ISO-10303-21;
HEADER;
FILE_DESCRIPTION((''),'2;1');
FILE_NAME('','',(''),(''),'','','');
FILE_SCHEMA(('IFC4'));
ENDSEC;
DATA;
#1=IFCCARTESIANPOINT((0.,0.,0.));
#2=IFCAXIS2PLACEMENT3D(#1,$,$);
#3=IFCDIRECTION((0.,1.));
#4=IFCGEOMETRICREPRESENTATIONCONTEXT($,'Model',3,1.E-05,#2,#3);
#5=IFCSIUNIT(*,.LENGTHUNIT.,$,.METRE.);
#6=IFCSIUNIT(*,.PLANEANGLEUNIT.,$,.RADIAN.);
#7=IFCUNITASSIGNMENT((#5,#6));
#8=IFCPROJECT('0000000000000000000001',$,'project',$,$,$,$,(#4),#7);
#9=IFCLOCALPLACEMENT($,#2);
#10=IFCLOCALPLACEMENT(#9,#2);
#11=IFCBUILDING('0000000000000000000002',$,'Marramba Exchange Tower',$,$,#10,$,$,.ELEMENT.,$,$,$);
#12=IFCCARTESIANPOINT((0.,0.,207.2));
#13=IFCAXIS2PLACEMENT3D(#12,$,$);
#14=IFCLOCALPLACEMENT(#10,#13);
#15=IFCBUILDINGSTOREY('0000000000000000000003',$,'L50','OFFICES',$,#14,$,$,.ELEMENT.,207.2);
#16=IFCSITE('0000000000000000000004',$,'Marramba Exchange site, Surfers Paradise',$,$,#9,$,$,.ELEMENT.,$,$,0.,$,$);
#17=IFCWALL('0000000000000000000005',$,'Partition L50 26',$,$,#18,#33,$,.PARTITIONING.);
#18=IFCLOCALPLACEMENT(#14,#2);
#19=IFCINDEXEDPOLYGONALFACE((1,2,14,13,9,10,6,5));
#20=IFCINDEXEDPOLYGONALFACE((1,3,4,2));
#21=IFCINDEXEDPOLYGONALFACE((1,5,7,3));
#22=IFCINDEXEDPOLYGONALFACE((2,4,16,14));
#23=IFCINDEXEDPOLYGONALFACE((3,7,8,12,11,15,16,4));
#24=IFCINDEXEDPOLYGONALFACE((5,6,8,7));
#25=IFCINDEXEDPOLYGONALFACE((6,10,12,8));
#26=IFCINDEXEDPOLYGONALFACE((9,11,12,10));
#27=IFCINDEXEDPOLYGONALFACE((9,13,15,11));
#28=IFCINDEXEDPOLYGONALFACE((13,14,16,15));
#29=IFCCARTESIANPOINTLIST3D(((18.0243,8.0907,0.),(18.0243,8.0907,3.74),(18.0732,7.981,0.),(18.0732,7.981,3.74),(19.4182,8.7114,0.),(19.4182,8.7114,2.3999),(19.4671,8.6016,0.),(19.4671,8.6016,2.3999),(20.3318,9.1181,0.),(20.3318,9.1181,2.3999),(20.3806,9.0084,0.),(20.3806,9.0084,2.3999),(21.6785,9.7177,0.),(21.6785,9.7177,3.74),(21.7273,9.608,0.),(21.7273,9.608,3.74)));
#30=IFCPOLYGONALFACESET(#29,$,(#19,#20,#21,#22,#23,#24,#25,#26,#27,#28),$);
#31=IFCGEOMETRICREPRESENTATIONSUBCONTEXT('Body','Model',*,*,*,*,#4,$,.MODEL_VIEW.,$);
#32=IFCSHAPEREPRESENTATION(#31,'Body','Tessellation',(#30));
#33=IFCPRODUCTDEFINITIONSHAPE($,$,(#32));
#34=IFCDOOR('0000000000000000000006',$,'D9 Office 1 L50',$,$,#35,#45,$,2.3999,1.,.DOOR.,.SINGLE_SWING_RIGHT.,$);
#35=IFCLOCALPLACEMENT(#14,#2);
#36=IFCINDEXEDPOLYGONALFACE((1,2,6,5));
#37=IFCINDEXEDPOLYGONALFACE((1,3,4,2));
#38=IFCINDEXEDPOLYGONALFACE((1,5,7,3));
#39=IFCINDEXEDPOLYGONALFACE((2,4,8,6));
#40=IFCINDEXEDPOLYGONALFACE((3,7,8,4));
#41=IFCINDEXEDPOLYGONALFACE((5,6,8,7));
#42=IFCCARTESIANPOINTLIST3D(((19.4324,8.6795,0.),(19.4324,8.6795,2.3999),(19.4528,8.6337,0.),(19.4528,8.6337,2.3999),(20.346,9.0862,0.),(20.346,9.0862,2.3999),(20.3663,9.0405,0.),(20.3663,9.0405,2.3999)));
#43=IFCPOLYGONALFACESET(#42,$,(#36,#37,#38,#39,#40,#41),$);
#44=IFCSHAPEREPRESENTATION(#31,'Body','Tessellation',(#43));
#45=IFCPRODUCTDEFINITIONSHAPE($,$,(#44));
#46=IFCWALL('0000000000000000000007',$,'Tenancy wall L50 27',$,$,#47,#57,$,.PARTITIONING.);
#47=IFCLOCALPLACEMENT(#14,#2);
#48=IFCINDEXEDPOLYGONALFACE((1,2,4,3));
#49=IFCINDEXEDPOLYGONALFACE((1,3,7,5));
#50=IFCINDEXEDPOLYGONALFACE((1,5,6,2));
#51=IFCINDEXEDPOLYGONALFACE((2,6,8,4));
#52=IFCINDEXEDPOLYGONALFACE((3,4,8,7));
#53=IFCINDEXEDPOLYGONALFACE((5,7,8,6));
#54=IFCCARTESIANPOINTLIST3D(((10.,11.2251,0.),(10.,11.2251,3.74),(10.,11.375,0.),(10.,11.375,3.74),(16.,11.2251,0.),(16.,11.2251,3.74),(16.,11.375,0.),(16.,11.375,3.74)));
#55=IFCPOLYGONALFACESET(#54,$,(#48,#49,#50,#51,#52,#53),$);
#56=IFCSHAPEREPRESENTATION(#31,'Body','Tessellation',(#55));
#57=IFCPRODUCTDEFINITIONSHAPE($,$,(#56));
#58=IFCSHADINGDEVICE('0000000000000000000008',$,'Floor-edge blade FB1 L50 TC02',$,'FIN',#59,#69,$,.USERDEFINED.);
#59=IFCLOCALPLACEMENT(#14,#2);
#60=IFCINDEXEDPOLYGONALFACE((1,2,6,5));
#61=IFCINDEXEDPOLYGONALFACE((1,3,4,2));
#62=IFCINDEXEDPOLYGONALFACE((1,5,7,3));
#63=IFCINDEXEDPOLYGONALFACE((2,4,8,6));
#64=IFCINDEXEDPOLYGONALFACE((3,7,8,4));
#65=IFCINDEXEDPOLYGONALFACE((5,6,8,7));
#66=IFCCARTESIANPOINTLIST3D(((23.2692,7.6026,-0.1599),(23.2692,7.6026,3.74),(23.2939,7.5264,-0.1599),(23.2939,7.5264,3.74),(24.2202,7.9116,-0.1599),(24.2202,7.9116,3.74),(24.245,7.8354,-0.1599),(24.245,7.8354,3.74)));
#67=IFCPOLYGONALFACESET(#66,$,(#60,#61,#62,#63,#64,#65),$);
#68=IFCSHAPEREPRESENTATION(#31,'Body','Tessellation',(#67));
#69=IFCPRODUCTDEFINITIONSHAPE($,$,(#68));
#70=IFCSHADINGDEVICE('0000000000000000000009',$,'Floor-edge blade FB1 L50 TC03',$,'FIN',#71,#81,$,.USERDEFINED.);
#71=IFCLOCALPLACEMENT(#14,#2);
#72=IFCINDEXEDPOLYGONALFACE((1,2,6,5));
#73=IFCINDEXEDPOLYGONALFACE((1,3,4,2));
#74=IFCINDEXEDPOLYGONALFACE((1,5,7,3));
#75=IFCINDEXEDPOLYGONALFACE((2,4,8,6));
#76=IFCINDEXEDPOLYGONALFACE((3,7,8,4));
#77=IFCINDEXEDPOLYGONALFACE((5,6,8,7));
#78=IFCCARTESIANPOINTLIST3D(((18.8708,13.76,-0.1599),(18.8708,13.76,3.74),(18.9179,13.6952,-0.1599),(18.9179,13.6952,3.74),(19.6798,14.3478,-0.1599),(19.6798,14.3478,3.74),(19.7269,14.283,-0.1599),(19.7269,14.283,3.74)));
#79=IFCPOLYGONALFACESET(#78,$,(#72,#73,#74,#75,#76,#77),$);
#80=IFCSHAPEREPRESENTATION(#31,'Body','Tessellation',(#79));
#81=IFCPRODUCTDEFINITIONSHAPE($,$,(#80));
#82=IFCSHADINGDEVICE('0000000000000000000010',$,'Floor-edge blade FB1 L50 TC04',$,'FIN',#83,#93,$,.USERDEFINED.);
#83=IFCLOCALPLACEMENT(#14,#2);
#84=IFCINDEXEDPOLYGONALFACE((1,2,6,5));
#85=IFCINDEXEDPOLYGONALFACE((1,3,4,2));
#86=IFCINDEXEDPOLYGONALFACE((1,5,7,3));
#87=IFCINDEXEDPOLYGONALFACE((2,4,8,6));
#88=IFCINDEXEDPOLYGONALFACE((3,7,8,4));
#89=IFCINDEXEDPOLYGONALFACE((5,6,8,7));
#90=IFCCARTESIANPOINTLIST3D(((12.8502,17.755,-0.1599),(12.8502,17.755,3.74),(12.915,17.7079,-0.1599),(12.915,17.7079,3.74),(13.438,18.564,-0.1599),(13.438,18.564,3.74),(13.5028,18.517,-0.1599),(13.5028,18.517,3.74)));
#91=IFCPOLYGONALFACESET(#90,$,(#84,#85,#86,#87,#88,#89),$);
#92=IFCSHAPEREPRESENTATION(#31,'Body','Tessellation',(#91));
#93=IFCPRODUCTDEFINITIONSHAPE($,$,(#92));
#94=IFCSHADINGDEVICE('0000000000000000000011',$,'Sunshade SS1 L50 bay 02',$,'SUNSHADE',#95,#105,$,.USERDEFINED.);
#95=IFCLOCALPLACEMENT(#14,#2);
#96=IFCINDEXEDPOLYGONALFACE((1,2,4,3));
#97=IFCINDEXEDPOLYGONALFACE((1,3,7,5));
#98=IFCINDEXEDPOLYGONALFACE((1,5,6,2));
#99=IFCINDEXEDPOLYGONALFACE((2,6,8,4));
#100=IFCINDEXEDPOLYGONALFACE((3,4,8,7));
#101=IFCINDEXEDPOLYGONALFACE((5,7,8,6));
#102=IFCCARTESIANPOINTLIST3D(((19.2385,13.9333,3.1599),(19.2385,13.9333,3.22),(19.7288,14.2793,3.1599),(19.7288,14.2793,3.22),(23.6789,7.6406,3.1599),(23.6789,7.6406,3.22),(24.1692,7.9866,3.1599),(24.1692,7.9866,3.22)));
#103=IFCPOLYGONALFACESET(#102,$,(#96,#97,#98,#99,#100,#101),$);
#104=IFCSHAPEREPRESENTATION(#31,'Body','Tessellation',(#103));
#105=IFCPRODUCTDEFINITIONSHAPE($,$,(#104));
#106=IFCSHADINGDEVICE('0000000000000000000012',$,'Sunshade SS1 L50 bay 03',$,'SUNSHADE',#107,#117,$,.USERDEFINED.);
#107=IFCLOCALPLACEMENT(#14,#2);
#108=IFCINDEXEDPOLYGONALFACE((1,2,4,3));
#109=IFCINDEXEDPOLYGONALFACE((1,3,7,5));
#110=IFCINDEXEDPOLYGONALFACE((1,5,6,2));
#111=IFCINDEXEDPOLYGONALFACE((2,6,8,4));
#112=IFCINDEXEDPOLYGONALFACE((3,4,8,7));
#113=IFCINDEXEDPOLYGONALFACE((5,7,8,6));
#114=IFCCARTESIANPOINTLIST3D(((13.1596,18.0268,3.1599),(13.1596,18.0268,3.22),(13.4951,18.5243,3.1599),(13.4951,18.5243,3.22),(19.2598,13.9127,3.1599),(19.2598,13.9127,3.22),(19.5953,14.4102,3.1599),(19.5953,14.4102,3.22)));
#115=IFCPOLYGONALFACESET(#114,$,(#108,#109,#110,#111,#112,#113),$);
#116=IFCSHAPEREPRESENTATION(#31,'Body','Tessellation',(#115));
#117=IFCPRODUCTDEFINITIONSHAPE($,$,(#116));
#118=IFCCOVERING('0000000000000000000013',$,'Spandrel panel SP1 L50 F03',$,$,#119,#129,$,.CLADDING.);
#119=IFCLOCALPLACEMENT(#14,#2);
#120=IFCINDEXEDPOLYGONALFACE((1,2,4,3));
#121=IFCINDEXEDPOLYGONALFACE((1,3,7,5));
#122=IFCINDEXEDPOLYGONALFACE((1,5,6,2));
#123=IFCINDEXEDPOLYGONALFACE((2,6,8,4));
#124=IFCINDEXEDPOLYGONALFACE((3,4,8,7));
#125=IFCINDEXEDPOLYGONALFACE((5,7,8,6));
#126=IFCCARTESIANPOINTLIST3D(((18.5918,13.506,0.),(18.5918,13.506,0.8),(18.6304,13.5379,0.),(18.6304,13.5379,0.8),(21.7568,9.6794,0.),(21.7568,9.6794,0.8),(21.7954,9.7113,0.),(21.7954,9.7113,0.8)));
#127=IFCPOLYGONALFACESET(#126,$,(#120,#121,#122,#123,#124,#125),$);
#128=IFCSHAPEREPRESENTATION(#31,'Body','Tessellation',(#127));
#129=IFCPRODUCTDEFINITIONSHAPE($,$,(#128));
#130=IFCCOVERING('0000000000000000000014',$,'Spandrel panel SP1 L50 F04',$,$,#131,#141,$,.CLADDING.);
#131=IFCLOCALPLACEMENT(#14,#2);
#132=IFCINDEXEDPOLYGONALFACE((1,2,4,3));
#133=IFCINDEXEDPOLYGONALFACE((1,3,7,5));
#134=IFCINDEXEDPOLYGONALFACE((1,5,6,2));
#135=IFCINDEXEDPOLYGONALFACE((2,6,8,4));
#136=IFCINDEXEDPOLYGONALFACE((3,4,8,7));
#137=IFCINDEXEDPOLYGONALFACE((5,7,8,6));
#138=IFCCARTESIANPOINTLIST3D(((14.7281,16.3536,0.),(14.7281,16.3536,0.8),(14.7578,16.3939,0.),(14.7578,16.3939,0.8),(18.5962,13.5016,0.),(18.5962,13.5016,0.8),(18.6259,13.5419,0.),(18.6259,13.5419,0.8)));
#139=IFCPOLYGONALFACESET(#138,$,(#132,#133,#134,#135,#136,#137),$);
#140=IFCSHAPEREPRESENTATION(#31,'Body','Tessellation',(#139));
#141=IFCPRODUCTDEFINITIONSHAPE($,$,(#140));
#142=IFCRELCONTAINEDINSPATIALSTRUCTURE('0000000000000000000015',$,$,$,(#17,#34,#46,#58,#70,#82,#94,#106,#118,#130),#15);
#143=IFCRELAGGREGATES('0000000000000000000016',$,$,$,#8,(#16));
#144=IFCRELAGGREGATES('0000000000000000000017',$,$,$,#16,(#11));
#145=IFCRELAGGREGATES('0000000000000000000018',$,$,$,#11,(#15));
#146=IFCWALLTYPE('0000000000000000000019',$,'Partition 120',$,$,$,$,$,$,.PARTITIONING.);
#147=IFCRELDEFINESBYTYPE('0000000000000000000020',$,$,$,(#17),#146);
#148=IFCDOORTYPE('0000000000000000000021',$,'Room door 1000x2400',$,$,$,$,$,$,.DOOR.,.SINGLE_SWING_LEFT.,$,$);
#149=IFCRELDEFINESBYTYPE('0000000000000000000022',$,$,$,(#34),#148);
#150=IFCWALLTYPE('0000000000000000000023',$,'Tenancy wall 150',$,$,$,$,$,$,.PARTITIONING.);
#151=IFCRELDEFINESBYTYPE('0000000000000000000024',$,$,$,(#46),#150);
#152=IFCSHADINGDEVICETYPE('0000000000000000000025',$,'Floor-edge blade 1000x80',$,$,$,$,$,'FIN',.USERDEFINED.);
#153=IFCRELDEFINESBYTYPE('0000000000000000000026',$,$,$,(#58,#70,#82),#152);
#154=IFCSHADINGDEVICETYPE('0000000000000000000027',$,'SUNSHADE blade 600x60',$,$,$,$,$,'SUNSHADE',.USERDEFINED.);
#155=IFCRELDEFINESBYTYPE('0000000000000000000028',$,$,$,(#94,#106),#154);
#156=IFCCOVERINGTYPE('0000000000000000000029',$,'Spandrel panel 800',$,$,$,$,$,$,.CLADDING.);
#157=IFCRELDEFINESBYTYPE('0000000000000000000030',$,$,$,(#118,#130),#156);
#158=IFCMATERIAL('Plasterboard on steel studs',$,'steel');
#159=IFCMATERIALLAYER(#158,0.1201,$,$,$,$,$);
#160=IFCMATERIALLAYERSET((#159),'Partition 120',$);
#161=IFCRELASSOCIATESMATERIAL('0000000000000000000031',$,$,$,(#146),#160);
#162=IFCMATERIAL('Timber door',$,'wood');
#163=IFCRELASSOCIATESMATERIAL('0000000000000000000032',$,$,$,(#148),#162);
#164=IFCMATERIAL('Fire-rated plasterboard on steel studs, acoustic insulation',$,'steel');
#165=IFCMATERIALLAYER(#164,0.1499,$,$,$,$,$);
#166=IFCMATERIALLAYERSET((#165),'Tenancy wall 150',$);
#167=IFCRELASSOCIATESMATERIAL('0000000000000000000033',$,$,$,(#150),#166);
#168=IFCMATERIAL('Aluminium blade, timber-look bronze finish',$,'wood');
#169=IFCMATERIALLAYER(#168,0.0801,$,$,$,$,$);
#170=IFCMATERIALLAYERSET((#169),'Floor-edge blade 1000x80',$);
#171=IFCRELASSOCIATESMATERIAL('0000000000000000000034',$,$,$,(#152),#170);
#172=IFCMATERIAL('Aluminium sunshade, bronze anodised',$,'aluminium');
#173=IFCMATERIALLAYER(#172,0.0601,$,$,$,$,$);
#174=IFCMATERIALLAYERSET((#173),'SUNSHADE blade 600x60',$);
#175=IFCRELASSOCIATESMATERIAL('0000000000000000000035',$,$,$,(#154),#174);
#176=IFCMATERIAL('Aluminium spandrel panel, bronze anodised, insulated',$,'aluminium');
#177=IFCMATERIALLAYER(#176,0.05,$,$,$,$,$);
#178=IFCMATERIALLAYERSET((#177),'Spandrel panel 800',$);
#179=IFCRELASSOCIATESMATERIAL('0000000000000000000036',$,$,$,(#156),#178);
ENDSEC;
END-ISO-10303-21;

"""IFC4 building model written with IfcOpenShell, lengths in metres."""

from ifc_helpers import new_model, si_unit, direction, frame, frame_2d, origin, origin_2d, place, context, subcontext, project, spatial, rectangle, extrude, material, layer, layer_set, type_object, element, fill, save


model = new_model("IFC4")

# Units and contexts
model_context = context("Model", 3, precision=1e-05, world=origin(), true_north=direction((0.0, 1.0)))
body_context = subcontext(model_context, "Body", "Model", "MODEL_VIEW")
ifc_project = project(units=[si_unit("LENGTHUNIT", "METRE"), si_unit("PLANEANGLEUNIT", "RADIAN")], contexts=[model_context])

# Site, building, storey
site_placement = place(None, origin())
site = spatial("IfcSite", under=ifc_project, at=site_placement, Name="Marramba Exchange site, Surfers Paradise", CompositionType="ELEMENT", RefElevation=0.0)
building_placement = place(site_placement, origin())
building = spatial("IfcBuilding", under=site, at=building_placement, Name="Marramba Exchange Tower", CompositionType="ELEMENT")
storey_placement = place(building_placement, frame((0.0, 0.0, 207.2)))
storey = spatial("IfcBuildingStorey", under=building, at=storey_placement, Name="L50", Description="OFFICES", CompositionType="ELEMENT", Elevation=207.2)

# Shared definitions
ifc_material_1 = material(Name="Plasterboard on steel studs", Category="steel")
ifc_layer_1 = layer(ifc_material_1, 0.1201)
ifc_layer_set_1 = layer_set([ifc_layer_1], Name="Partition 120")
wall_type_1 = type_object("IfcWallType", Name="Partition 120", PredefinedType="PARTITIONING", material=ifc_layer_set_1)

# Wall, opening, door
wall_1_placement = place(storey_placement, frame((21.7029, 9.6628, 0.0), z_axis=(0.0, 0.0, 1.0), x_axis=(-0.91354, -0.40675, 0.0)))
wall_1 = element("IfcWall", 1, at=wall_1_placement, inside=storey, type_object=wall_type_1, Name="Partition L50 26", PredefinedType="PARTITIONING", context=body_context, shape_type="SweptSolid", body=[
    extrude(rectangle(XDim=4.0, YDim=0.1201, at=frame_2d((2.0, 0.0))), origin(), (0.0, 0.0, 1.0), 3.74),
])
opening_1_placement = place(wall_1_placement, frame((1.4741, 0.0, 0.0)))
opening_1 = element("IfcOpeningElement", 2, at=opening_1_placement, cuts=wall_1, PredefinedType="OPENING", context=body_context, shape_type="SweptSolid", body=[
    extrude(rectangle(XDim=1.0, YDim=2.3999, at=frame_2d((0.5, 1.2))), frame((0.0, 0.0701, 0.0), z_axis=(0.0, -1.0, 0.0), x_axis=(1.0, 0.0, 0.0)), (0.0, 0.0, 1.0), 0.1401),
])
ifc_material_2 = material(Name="Timber door", Category="wood")
door_type_1 = type_object("IfcDoorType", Name="Room door 1000x2400", OperationType="SINGLE_SWING_LEFT", PredefinedType="DOOR", material=ifc_material_2)
door_1_placement = place(opening_1_placement, origin())
door_1 = element("IfcDoor", 3, at=door_1_placement, inside=storey, type_object=door_type_1, Name="D9 Office 1 L50", OperationType="SINGLE_SWING_RIGHT", OverallHeight=2.3999, OverallWidth=1.0, PredefinedType="DOOR", context=body_context, shape_type="SweptSolid", body=[
    extrude(rectangle(XDim=1.0, YDim=2.3999, at=frame_2d((0.5, 1.2))), frame((0.0, 0.0249, 0.0), z_axis=(0.0, -1.0, 0.0), x_axis=(1.0, 0.0, 0.0)), (0.0, 0.0, 1.0), 0.05),
])
fill(opening_1, door_1)

# Wall
ifc_material_3 = material(Name="Fire-rated plasterboard on steel studs, acoustic insulation", Category="steel")
ifc_layer_2 = layer(ifc_material_3, 0.1499)
ifc_layer_set_2 = layer_set([ifc_layer_2], Name="Tenancy wall 150")
wall_type_2 = type_object("IfcWallType", Name="Tenancy wall 150", PredefinedType="PARTITIONING", material=ifc_layer_set_2)
wall_2_placement = place(storey_placement, frame((16.0, 11.3, 0.0), z_axis=(0.0, 0.0, 1.0), x_axis=(-1.0, 0.0, 0.0)))
element("IfcWall", 4, at=wall_2_placement, inside=storey, type_object=wall_type_2, Name="Tenancy wall L50 27", PredefinedType="PARTITIONING", context=body_context, shape_type="SweptSolid", body=[
    extrude(rectangle(XDim=6.0, YDim=0.1499, at=frame_2d((3.0, 0.0))), origin(), (0.0, 0.0, 1.0), 3.74),
])

# Shading devices
ifc_material_4 = material(Name="Aluminium blade, timber-look bronze finish", Category="wood")
ifc_layer_3 = layer(ifc_material_4, 0.0801)
ifc_layer_set_3 = layer_set([ifc_layer_3], Name="Floor-edge blade 1000x80")
shading_device_type_1 = type_object("IfcShadingDeviceType", Name="Floor-edge blade 1000x80", ElementType="FIN", PredefinedType="USERDEFINED", material=ifc_layer_set_3)
for number, where, z_axis, x_axis, name in (
    (5, (23.7571, 7.719, -0.1599), (0.0, 0.0, 1.0), (0.951057, 0.309017, 0.0), "Floor-edge blade FB1 L50 TC02"),
    (6, (19.2988, 14.0215, -0.1599), (0.0, 0.0, 1.0), (0.809017, 0.587785, 0.0), "Floor-edge blade FB1 L50 TC03"),
    (7, (13.1765, 18.136, -0.1599), (0.0, 0.0, 1.0), (0.587785, 0.809017, 0.0), "Floor-edge blade FB1 L50 TC04"),
):
    element("IfcShadingDevice", number, at=place(storey_placement, frame(where, z_axis=z_axis, x_axis=x_axis)), inside=storey, type_object=shading_device_type_1, Name=name, ObjectType="FIN", PredefinedType="USERDEFINED", context=body_context, shape_type="SweptSolid", body=[
        extrude(rectangle(XDim=1.0, YDim=0.0801, at=origin_2d()), origin(), (0.0, 0.0, 1.0), 3.8999),
    ])
ifc_material_5 = material(Name="Aluminium sunshade, bronze anodised", Category="aluminium")
ifc_layer_4 = layer(ifc_material_5, 0.0601)
ifc_layer_set_4 = layer_set([ifc_layer_4], Name="SUNSHADE blade 600x60")
shading_device_type_2 = type_object("IfcShadingDeviceType", Name="SUNSHADE blade 600x60", ElementType="SUNSHADE", PredefinedType="USERDEFINED", material=ifc_layer_set_4)
shading_device_1_placement = place(storey_placement, frame((21.7039, 10.96, 3.1599), z_axis=(0.0, 0.0, 1.0), x_axis=(-0.576555, 0.817058, 0.0)))
element("IfcShadingDevice", 8, at=shading_device_1_placement, inside=storey, type_object=shading_device_type_2, Name="Sunshade SS1 L50 bay 02", ObjectType="SUNSHADE", PredefinedType="USERDEFINED", context=body_context, shape_type="SweptSolid", body=[
    extrude(rectangle(XDim=7.7017, YDim=0.6001, at=origin_2d()), origin(), (0.0, 0.0, 1.0), 0.0601),
])
shading_device_2_placement = place(storey_placement, frame((16.3774, 16.2185, 3.1599), z_axis=(0.0, 0.0, 1.0), x_axis=(-0.829071, 0.559143, 0.0)))
element("IfcShadingDevice", 9, at=shading_device_2_placement, inside=storey, type_object=shading_device_type_2, Name="Sunshade SS1 L50 bay 03", ObjectType="SUNSHADE", PredefinedType="USERDEFINED", context=body_context, shape_type="SweptSolid", body=[
    extrude(rectangle(XDim=7.3579, YDim=0.6001, at=origin_2d()), origin(), (0.0, 0.0, 1.0), 0.0601),
])

# Coverings
ifc_material_6 = material(Name="Aluminium spandrel panel, bronze anodised, insulated", Category="aluminium")
ifc_layer_5 = layer(ifc_material_6, 0.05)
ifc_layer_set_5 = layer_set([ifc_layer_5], Name="Spandrel panel 800")
covering_type = type_object("IfcCoveringType", Name="Spandrel panel 800", PredefinedType="CLADDING", material=ifc_layer_set_5)
covering_1_placement = place(storey_placement, frame((20.1936, 11.6086, 0.0), z_axis=(0.0, 0.0, 1.0), x_axis=(-0.63735, 0.770574, 0.0)))
element("IfcCovering", 10, at=covering_1_placement, inside=storey, type_object=covering_type, Name="Spandrel panel SP1 L50 F03", PredefinedType="CLADDING", context=body_context, shape_type="SweptSolid", body=[
    extrude(rectangle(XDim=4.9658, YDim=0.05, at=origin_2d()), origin(), (0.0, 0.0, 1.0), 0.8),
])
covering_2_placement = place(storey_placement, frame((16.677, 14.9478, 0.0), z_axis=(0.0, 0.0, 1.0), x_axis=(-0.804877, 0.593441, 0.0)))
element("IfcCovering", 11, at=covering_2_placement, inside=storey, type_object=covering_type, Name="Spandrel panel SP1 L50 F04", PredefinedType="CLADDING", context=body_context, shape_type="SweptSolid", body=[
    extrude(rectangle(XDim=4.8059, YDim=0.05, at=origin_2d()), origin(), (0.0, 0.0, 1.0), 0.8),
])

save(model, "model.ifc")
